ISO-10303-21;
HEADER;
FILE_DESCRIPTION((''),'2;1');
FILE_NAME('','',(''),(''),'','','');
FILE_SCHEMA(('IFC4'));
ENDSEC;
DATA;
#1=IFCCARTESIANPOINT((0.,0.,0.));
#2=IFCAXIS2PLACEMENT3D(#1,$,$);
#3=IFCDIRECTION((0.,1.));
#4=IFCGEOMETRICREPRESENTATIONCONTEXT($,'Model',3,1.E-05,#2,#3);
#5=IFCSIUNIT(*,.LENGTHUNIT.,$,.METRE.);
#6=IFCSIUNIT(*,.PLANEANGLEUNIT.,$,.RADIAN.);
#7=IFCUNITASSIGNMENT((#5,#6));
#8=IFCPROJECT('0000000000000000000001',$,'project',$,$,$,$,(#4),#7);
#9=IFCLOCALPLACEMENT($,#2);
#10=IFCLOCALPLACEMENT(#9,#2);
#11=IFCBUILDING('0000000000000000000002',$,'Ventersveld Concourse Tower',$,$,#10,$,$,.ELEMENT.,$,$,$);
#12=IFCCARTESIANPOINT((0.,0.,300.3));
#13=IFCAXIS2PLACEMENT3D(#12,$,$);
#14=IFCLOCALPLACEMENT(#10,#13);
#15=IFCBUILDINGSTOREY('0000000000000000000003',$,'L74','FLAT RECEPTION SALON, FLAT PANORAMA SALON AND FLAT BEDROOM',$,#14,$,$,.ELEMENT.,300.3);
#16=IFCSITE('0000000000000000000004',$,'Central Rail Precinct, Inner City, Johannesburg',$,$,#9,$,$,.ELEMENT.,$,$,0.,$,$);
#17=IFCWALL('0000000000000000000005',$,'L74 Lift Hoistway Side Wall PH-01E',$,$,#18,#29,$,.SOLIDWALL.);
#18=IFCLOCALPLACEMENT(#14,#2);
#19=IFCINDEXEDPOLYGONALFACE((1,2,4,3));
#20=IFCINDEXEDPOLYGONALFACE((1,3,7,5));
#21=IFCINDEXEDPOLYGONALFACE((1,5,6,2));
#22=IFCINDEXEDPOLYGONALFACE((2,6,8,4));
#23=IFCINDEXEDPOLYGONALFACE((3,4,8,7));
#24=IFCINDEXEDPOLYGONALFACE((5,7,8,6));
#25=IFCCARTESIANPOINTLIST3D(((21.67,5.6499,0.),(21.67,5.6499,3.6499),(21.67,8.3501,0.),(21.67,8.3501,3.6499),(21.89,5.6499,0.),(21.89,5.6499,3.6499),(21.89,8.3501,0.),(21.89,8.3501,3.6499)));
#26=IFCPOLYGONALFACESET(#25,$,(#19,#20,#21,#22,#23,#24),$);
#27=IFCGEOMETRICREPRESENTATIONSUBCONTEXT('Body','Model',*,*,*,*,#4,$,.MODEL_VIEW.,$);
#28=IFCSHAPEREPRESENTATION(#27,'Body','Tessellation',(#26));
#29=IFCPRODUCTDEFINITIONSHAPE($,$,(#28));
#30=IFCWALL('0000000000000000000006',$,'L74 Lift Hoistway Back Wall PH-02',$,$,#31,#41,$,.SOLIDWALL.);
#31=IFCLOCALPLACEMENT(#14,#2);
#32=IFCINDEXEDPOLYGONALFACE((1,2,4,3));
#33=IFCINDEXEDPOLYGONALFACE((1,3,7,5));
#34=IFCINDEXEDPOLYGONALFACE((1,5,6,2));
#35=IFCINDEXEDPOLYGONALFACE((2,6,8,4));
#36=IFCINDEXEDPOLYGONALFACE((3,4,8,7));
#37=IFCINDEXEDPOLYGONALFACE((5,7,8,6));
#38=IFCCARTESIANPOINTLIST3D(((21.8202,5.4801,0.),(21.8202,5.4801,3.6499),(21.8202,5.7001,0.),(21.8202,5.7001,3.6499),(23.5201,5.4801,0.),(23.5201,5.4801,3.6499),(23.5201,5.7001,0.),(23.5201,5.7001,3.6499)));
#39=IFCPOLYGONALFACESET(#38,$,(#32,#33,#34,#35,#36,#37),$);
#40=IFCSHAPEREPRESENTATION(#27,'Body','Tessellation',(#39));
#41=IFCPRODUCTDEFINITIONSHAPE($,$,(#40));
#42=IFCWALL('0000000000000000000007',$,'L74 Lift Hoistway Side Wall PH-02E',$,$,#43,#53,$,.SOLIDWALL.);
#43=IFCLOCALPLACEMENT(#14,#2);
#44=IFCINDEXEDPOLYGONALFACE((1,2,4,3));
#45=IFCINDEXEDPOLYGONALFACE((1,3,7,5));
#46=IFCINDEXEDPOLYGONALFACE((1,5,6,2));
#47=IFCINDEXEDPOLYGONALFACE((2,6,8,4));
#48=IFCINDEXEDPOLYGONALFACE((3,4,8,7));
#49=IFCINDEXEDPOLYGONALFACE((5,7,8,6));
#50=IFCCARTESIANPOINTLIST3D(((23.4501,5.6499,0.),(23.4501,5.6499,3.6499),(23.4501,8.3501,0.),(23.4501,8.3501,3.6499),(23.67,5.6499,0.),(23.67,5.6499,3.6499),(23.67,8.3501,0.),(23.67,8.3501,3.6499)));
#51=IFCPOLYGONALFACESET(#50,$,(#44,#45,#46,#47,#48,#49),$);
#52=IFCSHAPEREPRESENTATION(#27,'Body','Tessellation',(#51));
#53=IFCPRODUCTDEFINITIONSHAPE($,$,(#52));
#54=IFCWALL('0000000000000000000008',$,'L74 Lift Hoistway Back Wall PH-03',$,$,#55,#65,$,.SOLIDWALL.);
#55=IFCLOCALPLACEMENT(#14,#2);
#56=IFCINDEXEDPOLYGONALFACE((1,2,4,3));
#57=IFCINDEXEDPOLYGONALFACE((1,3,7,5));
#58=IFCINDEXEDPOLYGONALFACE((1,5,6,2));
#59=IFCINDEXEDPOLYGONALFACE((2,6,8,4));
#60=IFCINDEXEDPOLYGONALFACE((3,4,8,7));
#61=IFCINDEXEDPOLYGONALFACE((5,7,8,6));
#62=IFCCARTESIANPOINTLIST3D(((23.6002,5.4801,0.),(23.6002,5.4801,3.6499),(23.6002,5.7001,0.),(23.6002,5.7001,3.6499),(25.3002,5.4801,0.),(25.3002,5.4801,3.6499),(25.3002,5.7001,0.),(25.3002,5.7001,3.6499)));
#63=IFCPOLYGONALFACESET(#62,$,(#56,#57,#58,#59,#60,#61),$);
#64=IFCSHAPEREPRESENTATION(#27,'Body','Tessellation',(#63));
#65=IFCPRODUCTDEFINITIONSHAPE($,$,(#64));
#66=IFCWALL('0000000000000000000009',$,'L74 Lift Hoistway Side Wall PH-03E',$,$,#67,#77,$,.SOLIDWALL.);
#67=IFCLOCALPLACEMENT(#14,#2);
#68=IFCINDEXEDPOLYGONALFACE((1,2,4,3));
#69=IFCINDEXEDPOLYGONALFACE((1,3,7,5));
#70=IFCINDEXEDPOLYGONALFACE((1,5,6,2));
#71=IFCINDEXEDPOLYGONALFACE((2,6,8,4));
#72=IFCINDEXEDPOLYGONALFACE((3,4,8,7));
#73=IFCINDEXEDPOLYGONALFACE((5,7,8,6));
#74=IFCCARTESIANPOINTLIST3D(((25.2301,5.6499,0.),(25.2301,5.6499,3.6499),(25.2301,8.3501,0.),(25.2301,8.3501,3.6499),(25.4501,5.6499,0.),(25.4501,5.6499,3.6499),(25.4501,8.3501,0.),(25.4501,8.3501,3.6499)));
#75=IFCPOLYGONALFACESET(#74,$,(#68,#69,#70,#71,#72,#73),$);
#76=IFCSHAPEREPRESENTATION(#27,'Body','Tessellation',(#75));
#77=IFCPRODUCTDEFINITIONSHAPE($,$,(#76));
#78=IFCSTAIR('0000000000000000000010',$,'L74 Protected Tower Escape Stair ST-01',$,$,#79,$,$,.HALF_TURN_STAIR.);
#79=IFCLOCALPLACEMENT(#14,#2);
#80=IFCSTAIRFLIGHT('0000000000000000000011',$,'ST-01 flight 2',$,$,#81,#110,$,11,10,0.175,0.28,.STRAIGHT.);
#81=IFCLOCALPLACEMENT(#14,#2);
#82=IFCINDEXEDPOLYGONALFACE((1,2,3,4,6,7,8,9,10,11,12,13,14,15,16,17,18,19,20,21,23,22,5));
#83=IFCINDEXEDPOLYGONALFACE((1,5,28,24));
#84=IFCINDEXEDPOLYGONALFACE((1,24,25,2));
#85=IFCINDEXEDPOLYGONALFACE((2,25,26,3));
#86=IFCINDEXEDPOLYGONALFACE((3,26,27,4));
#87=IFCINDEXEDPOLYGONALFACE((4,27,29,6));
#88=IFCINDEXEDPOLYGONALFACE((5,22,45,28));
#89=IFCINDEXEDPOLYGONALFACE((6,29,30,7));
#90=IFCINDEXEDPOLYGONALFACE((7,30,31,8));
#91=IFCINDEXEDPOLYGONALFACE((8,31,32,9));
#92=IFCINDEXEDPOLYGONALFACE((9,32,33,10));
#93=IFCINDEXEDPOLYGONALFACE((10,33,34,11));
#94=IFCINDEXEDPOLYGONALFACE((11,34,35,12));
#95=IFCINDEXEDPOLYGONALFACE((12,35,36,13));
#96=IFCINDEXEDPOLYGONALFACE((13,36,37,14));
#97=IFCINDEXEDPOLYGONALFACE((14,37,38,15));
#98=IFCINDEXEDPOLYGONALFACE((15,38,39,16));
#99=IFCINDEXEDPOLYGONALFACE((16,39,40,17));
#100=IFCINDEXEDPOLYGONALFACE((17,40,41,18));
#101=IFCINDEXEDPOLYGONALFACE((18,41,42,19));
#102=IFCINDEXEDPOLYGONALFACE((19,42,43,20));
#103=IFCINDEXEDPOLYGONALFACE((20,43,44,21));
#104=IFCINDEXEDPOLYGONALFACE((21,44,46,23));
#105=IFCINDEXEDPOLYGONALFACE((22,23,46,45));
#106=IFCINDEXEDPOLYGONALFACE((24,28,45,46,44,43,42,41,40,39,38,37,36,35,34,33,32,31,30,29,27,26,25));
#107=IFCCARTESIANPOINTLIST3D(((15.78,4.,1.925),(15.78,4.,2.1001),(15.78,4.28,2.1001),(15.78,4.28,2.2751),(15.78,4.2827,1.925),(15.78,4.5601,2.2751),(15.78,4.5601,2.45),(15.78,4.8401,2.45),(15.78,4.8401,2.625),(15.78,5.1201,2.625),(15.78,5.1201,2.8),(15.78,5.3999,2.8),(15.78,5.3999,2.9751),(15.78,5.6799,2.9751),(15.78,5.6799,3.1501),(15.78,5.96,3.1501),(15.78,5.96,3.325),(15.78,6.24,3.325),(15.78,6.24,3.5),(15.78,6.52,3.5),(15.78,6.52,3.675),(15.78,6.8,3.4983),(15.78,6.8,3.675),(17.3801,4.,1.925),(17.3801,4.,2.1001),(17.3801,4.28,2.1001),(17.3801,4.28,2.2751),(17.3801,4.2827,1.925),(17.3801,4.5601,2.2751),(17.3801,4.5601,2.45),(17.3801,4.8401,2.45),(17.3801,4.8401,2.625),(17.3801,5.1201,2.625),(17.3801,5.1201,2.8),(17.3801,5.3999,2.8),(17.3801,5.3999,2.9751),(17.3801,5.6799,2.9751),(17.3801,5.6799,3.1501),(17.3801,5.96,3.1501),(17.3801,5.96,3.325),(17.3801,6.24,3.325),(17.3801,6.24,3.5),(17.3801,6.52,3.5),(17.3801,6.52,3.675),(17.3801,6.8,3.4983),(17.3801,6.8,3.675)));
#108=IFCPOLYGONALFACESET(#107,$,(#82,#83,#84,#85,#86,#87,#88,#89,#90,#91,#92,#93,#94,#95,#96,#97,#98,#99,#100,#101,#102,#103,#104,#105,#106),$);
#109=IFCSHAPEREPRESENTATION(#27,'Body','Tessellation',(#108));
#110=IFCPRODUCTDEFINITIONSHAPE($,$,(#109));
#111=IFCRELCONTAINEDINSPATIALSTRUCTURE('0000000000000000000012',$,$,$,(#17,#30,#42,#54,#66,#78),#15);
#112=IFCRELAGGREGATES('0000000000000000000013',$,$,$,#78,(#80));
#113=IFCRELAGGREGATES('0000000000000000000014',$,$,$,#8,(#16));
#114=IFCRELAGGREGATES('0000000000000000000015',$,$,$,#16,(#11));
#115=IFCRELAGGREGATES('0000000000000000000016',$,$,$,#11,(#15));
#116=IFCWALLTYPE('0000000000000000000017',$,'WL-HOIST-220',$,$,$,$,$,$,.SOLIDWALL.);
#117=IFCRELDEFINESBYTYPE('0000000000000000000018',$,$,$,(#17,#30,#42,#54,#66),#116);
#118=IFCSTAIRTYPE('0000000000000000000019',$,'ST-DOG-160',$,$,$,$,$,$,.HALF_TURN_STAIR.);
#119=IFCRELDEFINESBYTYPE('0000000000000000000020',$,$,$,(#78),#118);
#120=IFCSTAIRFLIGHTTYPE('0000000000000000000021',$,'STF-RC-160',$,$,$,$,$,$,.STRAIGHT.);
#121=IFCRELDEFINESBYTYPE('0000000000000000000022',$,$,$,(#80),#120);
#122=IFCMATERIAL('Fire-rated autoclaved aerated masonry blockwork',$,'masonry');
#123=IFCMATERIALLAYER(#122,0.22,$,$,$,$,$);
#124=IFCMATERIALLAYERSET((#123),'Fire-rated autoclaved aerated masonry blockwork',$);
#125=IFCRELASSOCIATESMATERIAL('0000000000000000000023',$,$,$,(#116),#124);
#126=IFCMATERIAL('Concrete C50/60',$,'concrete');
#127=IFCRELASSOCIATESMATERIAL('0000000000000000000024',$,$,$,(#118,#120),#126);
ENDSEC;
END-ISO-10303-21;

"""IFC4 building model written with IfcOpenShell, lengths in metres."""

from ifc_helpers import new_model, si_unit, direction, frame, frame_2d, origin, place, context, subcontext, project, spatial, polyline, rectangle, outline, extrude, material, layer, layer_set, type_object, element, aggregate, save


model = new_model("IFC4")

# Units and contexts
model_context = context("Model", 3, precision=1e-05, world=origin(), true_north=direction((0.0, 1.0)))
body_context = subcontext(model_context, "Body", "Model", "MODEL_VIEW")
ifc_project = project(units=[si_unit("LENGTHUNIT", "METRE"), si_unit("PLANEANGLEUNIT", "RADIAN")], contexts=[model_context])

# Site, building, storey
site_placement = place(None, origin())
site = spatial("IfcSite", under=ifc_project, at=site_placement, Name="Central Rail Precinct, Inner City, Johannesburg", CompositionType="ELEMENT", RefElevation=0.0)
building_placement = place(site_placement, origin())
building = spatial("IfcBuilding", under=site, at=building_placement, Name="Ventersveld Concourse Tower", CompositionType="ELEMENT")
storey_placement = place(building_placement, frame((0.0, 0.0, 300.3)))
storey = spatial("IfcBuildingStorey", under=building, at=storey_placement, Name="L74", Description="FLAT RECEPTION SALON, FLAT PANORAMA SALON AND FLAT BEDROOM", CompositionType="ELEMENT", Elevation=300.3)

# Shared definitions
ifc_material_1 = material(Name="Concrete C50/60", Category="concrete")

# Shared definitions
ifc_material_2 = material(Name="Fire-rated autoclaved aerated masonry blockwork", Category="masonry")

# Walls
ifc_layer_1 = layer(ifc_material_2, 0.22)
ifc_layer_set_1 = layer_set([ifc_layer_1], Name="Fire-rated autoclaved aerated masonry blockwork")
wall_type_1 = type_object("IfcWallType", Name="WL-HOIST-220", PredefinedType="SOLIDWALL", material=ifc_layer_set_1)
wall_1_placement = place(storey_placement, frame((21.78, 5.6499, 0.0), z_axis=(0.0, 0.0, 1.0), x_axis=(0.0, 1.0, 0.0)))
element("IfcWall", 1, at=wall_1_placement, inside=storey, type_object=wall_type_1, Name="L74 Lift Hoistway Side Wall PH-01E", PredefinedType="SOLIDWALL", context=body_context, shape_type="SweptSolid", body=[
    extrude(rectangle(XDim=2.7002, YDim=0.22, at=frame_2d((1.3501, 0.0))), origin(), (0.0, 0.0, 1.0), 3.6499),
])
wall_2_placement = place(storey_placement, frame((21.8201, 5.5901, 0.0), z_axis=(0.0, 0.0, 1.0), x_axis=(1.0, 0.0, 0.0)))
element("IfcWall", 2, at=wall_2_placement, inside=storey, type_object=wall_type_1, Name="L74 Lift Hoistway Back Wall PH-02", PredefinedType="SOLIDWALL", context=body_context, shape_type="SweptSolid", body=[
    extrude(rectangle(XDim=1.7, YDim=0.22, at=frame_2d((0.8501, 0.0))), origin(), (0.0, 0.0, 1.0), 3.6499),
])
wall_3_placement = place(storey_placement, frame((23.5601, 5.6499, 0.0), z_axis=(0.0, 0.0, 1.0), x_axis=(0.0, 1.0, 0.0)))
element("IfcWall", 3, at=wall_3_placement, inside=storey, type_object=wall_type_1, Name="L74 Lift Hoistway Side Wall PH-02E", PredefinedType="SOLIDWALL", context=body_context, shape_type="SweptSolid", body=[
    extrude(rectangle(XDim=2.7002, YDim=0.22, at=frame_2d((1.3501, 0.0))), origin(), (0.0, 0.0, 1.0), 3.6499),
])
wall_4_placement = place(storey_placement, frame((23.6001, 5.5901, 0.0), z_axis=(0.0, 0.0, 1.0), x_axis=(1.0, 0.0, 0.0)))
element("IfcWall", 4, at=wall_4_placement, inside=storey, type_object=wall_type_1, Name="L74 Lift Hoistway Back Wall PH-03", PredefinedType="SOLIDWALL", context=body_context, shape_type="SweptSolid", body=[
    extrude(rectangle(XDim=1.7, YDim=0.22, at=frame_2d((0.8501, 0.0))), origin(), (0.0, 0.0, 1.0), 3.6499),
])
wall_5_placement = place(storey_placement, frame((25.3401, 5.6499, 0.0), z_axis=(0.0, 0.0, 1.0), x_axis=(0.0, 1.0, 0.0)))
element("IfcWall", 5, at=wall_5_placement, inside=storey, type_object=wall_type_1, Name="L74 Lift Hoistway Side Wall PH-03E", PredefinedType="SOLIDWALL", context=body_context, shape_type="SweptSolid", body=[
    extrude(rectangle(XDim=2.7002, YDim=0.22, at=frame_2d((1.3501, 0.0))), origin(), (0.0, 0.0, 1.0), 3.6499),
])

# Stair, stair flight
stair_type = type_object("IfcStairType", Name="ST-DOG-160", PredefinedType="HALF_TURN_STAIR", material=ifc_material_1)
stair_placement = place(storey_placement, origin())
stair = element("IfcStair", 6, at=stair_placement, inside=storey, type_object=stair_type, Name="L74 Protected Tower Escape Stair ST-01", PredefinedType="HALF_TURN_STAIR")
stair_flight_type = type_object("IfcStairFlightType", Name="STF-RC-160", PredefinedType="STRAIGHT", material=ifc_material_1)
stair_flight_placement = place(storey_placement, frame((16.5801, 4.0, 1.925), z_axis=(0.0, 0.0, 1.0), x_axis=(0.0, 1.0, 0.0)))
stair_flight = element("IfcStairFlight", 7, at=stair_flight_placement, type_object=stair_flight_type, Name="ST-01 flight 2", NumberOfRisers=11, NumberOfTreads=10, PredefinedType="STRAIGHT", RiserHeight=0.175, TreadLength=0.28, context=body_context, shape_type="SweptSolid", body=[
    extrude(outline(polyline([(0.0, 0.0), (0.0, 0.175), (0.28, 0.175), (0.28, 0.3501), (0.5601, 0.3501), (0.5601, 0.5249), (0.8401, 0.5249), (0.8401, 0.7), (1.1201, 0.7), (1.1201, 0.875), (1.3999, 0.875), (1.3999, 1.05), (1.6799, 1.05), (1.6799, 1.2251), (1.96, 1.2251), (1.96, 1.3999), (2.24, 1.3999), (2.24, 1.575), (2.52, 1.575), (2.52, 1.75), (2.8, 1.75), (2.8, 1.925), (2.8, 1.5732), (0.2827, 0.0), (0.0, 0.0)])), frame((0.0, 0.8, 0.0), z_axis=(0.0, -1.0, 0.0), x_axis=(1.0, 0.0, 0.0)), (0.0, 0.0, 1.0), 1.6001),
])
aggregate(stair, [stair_flight])

save(model, "model.ifc")
